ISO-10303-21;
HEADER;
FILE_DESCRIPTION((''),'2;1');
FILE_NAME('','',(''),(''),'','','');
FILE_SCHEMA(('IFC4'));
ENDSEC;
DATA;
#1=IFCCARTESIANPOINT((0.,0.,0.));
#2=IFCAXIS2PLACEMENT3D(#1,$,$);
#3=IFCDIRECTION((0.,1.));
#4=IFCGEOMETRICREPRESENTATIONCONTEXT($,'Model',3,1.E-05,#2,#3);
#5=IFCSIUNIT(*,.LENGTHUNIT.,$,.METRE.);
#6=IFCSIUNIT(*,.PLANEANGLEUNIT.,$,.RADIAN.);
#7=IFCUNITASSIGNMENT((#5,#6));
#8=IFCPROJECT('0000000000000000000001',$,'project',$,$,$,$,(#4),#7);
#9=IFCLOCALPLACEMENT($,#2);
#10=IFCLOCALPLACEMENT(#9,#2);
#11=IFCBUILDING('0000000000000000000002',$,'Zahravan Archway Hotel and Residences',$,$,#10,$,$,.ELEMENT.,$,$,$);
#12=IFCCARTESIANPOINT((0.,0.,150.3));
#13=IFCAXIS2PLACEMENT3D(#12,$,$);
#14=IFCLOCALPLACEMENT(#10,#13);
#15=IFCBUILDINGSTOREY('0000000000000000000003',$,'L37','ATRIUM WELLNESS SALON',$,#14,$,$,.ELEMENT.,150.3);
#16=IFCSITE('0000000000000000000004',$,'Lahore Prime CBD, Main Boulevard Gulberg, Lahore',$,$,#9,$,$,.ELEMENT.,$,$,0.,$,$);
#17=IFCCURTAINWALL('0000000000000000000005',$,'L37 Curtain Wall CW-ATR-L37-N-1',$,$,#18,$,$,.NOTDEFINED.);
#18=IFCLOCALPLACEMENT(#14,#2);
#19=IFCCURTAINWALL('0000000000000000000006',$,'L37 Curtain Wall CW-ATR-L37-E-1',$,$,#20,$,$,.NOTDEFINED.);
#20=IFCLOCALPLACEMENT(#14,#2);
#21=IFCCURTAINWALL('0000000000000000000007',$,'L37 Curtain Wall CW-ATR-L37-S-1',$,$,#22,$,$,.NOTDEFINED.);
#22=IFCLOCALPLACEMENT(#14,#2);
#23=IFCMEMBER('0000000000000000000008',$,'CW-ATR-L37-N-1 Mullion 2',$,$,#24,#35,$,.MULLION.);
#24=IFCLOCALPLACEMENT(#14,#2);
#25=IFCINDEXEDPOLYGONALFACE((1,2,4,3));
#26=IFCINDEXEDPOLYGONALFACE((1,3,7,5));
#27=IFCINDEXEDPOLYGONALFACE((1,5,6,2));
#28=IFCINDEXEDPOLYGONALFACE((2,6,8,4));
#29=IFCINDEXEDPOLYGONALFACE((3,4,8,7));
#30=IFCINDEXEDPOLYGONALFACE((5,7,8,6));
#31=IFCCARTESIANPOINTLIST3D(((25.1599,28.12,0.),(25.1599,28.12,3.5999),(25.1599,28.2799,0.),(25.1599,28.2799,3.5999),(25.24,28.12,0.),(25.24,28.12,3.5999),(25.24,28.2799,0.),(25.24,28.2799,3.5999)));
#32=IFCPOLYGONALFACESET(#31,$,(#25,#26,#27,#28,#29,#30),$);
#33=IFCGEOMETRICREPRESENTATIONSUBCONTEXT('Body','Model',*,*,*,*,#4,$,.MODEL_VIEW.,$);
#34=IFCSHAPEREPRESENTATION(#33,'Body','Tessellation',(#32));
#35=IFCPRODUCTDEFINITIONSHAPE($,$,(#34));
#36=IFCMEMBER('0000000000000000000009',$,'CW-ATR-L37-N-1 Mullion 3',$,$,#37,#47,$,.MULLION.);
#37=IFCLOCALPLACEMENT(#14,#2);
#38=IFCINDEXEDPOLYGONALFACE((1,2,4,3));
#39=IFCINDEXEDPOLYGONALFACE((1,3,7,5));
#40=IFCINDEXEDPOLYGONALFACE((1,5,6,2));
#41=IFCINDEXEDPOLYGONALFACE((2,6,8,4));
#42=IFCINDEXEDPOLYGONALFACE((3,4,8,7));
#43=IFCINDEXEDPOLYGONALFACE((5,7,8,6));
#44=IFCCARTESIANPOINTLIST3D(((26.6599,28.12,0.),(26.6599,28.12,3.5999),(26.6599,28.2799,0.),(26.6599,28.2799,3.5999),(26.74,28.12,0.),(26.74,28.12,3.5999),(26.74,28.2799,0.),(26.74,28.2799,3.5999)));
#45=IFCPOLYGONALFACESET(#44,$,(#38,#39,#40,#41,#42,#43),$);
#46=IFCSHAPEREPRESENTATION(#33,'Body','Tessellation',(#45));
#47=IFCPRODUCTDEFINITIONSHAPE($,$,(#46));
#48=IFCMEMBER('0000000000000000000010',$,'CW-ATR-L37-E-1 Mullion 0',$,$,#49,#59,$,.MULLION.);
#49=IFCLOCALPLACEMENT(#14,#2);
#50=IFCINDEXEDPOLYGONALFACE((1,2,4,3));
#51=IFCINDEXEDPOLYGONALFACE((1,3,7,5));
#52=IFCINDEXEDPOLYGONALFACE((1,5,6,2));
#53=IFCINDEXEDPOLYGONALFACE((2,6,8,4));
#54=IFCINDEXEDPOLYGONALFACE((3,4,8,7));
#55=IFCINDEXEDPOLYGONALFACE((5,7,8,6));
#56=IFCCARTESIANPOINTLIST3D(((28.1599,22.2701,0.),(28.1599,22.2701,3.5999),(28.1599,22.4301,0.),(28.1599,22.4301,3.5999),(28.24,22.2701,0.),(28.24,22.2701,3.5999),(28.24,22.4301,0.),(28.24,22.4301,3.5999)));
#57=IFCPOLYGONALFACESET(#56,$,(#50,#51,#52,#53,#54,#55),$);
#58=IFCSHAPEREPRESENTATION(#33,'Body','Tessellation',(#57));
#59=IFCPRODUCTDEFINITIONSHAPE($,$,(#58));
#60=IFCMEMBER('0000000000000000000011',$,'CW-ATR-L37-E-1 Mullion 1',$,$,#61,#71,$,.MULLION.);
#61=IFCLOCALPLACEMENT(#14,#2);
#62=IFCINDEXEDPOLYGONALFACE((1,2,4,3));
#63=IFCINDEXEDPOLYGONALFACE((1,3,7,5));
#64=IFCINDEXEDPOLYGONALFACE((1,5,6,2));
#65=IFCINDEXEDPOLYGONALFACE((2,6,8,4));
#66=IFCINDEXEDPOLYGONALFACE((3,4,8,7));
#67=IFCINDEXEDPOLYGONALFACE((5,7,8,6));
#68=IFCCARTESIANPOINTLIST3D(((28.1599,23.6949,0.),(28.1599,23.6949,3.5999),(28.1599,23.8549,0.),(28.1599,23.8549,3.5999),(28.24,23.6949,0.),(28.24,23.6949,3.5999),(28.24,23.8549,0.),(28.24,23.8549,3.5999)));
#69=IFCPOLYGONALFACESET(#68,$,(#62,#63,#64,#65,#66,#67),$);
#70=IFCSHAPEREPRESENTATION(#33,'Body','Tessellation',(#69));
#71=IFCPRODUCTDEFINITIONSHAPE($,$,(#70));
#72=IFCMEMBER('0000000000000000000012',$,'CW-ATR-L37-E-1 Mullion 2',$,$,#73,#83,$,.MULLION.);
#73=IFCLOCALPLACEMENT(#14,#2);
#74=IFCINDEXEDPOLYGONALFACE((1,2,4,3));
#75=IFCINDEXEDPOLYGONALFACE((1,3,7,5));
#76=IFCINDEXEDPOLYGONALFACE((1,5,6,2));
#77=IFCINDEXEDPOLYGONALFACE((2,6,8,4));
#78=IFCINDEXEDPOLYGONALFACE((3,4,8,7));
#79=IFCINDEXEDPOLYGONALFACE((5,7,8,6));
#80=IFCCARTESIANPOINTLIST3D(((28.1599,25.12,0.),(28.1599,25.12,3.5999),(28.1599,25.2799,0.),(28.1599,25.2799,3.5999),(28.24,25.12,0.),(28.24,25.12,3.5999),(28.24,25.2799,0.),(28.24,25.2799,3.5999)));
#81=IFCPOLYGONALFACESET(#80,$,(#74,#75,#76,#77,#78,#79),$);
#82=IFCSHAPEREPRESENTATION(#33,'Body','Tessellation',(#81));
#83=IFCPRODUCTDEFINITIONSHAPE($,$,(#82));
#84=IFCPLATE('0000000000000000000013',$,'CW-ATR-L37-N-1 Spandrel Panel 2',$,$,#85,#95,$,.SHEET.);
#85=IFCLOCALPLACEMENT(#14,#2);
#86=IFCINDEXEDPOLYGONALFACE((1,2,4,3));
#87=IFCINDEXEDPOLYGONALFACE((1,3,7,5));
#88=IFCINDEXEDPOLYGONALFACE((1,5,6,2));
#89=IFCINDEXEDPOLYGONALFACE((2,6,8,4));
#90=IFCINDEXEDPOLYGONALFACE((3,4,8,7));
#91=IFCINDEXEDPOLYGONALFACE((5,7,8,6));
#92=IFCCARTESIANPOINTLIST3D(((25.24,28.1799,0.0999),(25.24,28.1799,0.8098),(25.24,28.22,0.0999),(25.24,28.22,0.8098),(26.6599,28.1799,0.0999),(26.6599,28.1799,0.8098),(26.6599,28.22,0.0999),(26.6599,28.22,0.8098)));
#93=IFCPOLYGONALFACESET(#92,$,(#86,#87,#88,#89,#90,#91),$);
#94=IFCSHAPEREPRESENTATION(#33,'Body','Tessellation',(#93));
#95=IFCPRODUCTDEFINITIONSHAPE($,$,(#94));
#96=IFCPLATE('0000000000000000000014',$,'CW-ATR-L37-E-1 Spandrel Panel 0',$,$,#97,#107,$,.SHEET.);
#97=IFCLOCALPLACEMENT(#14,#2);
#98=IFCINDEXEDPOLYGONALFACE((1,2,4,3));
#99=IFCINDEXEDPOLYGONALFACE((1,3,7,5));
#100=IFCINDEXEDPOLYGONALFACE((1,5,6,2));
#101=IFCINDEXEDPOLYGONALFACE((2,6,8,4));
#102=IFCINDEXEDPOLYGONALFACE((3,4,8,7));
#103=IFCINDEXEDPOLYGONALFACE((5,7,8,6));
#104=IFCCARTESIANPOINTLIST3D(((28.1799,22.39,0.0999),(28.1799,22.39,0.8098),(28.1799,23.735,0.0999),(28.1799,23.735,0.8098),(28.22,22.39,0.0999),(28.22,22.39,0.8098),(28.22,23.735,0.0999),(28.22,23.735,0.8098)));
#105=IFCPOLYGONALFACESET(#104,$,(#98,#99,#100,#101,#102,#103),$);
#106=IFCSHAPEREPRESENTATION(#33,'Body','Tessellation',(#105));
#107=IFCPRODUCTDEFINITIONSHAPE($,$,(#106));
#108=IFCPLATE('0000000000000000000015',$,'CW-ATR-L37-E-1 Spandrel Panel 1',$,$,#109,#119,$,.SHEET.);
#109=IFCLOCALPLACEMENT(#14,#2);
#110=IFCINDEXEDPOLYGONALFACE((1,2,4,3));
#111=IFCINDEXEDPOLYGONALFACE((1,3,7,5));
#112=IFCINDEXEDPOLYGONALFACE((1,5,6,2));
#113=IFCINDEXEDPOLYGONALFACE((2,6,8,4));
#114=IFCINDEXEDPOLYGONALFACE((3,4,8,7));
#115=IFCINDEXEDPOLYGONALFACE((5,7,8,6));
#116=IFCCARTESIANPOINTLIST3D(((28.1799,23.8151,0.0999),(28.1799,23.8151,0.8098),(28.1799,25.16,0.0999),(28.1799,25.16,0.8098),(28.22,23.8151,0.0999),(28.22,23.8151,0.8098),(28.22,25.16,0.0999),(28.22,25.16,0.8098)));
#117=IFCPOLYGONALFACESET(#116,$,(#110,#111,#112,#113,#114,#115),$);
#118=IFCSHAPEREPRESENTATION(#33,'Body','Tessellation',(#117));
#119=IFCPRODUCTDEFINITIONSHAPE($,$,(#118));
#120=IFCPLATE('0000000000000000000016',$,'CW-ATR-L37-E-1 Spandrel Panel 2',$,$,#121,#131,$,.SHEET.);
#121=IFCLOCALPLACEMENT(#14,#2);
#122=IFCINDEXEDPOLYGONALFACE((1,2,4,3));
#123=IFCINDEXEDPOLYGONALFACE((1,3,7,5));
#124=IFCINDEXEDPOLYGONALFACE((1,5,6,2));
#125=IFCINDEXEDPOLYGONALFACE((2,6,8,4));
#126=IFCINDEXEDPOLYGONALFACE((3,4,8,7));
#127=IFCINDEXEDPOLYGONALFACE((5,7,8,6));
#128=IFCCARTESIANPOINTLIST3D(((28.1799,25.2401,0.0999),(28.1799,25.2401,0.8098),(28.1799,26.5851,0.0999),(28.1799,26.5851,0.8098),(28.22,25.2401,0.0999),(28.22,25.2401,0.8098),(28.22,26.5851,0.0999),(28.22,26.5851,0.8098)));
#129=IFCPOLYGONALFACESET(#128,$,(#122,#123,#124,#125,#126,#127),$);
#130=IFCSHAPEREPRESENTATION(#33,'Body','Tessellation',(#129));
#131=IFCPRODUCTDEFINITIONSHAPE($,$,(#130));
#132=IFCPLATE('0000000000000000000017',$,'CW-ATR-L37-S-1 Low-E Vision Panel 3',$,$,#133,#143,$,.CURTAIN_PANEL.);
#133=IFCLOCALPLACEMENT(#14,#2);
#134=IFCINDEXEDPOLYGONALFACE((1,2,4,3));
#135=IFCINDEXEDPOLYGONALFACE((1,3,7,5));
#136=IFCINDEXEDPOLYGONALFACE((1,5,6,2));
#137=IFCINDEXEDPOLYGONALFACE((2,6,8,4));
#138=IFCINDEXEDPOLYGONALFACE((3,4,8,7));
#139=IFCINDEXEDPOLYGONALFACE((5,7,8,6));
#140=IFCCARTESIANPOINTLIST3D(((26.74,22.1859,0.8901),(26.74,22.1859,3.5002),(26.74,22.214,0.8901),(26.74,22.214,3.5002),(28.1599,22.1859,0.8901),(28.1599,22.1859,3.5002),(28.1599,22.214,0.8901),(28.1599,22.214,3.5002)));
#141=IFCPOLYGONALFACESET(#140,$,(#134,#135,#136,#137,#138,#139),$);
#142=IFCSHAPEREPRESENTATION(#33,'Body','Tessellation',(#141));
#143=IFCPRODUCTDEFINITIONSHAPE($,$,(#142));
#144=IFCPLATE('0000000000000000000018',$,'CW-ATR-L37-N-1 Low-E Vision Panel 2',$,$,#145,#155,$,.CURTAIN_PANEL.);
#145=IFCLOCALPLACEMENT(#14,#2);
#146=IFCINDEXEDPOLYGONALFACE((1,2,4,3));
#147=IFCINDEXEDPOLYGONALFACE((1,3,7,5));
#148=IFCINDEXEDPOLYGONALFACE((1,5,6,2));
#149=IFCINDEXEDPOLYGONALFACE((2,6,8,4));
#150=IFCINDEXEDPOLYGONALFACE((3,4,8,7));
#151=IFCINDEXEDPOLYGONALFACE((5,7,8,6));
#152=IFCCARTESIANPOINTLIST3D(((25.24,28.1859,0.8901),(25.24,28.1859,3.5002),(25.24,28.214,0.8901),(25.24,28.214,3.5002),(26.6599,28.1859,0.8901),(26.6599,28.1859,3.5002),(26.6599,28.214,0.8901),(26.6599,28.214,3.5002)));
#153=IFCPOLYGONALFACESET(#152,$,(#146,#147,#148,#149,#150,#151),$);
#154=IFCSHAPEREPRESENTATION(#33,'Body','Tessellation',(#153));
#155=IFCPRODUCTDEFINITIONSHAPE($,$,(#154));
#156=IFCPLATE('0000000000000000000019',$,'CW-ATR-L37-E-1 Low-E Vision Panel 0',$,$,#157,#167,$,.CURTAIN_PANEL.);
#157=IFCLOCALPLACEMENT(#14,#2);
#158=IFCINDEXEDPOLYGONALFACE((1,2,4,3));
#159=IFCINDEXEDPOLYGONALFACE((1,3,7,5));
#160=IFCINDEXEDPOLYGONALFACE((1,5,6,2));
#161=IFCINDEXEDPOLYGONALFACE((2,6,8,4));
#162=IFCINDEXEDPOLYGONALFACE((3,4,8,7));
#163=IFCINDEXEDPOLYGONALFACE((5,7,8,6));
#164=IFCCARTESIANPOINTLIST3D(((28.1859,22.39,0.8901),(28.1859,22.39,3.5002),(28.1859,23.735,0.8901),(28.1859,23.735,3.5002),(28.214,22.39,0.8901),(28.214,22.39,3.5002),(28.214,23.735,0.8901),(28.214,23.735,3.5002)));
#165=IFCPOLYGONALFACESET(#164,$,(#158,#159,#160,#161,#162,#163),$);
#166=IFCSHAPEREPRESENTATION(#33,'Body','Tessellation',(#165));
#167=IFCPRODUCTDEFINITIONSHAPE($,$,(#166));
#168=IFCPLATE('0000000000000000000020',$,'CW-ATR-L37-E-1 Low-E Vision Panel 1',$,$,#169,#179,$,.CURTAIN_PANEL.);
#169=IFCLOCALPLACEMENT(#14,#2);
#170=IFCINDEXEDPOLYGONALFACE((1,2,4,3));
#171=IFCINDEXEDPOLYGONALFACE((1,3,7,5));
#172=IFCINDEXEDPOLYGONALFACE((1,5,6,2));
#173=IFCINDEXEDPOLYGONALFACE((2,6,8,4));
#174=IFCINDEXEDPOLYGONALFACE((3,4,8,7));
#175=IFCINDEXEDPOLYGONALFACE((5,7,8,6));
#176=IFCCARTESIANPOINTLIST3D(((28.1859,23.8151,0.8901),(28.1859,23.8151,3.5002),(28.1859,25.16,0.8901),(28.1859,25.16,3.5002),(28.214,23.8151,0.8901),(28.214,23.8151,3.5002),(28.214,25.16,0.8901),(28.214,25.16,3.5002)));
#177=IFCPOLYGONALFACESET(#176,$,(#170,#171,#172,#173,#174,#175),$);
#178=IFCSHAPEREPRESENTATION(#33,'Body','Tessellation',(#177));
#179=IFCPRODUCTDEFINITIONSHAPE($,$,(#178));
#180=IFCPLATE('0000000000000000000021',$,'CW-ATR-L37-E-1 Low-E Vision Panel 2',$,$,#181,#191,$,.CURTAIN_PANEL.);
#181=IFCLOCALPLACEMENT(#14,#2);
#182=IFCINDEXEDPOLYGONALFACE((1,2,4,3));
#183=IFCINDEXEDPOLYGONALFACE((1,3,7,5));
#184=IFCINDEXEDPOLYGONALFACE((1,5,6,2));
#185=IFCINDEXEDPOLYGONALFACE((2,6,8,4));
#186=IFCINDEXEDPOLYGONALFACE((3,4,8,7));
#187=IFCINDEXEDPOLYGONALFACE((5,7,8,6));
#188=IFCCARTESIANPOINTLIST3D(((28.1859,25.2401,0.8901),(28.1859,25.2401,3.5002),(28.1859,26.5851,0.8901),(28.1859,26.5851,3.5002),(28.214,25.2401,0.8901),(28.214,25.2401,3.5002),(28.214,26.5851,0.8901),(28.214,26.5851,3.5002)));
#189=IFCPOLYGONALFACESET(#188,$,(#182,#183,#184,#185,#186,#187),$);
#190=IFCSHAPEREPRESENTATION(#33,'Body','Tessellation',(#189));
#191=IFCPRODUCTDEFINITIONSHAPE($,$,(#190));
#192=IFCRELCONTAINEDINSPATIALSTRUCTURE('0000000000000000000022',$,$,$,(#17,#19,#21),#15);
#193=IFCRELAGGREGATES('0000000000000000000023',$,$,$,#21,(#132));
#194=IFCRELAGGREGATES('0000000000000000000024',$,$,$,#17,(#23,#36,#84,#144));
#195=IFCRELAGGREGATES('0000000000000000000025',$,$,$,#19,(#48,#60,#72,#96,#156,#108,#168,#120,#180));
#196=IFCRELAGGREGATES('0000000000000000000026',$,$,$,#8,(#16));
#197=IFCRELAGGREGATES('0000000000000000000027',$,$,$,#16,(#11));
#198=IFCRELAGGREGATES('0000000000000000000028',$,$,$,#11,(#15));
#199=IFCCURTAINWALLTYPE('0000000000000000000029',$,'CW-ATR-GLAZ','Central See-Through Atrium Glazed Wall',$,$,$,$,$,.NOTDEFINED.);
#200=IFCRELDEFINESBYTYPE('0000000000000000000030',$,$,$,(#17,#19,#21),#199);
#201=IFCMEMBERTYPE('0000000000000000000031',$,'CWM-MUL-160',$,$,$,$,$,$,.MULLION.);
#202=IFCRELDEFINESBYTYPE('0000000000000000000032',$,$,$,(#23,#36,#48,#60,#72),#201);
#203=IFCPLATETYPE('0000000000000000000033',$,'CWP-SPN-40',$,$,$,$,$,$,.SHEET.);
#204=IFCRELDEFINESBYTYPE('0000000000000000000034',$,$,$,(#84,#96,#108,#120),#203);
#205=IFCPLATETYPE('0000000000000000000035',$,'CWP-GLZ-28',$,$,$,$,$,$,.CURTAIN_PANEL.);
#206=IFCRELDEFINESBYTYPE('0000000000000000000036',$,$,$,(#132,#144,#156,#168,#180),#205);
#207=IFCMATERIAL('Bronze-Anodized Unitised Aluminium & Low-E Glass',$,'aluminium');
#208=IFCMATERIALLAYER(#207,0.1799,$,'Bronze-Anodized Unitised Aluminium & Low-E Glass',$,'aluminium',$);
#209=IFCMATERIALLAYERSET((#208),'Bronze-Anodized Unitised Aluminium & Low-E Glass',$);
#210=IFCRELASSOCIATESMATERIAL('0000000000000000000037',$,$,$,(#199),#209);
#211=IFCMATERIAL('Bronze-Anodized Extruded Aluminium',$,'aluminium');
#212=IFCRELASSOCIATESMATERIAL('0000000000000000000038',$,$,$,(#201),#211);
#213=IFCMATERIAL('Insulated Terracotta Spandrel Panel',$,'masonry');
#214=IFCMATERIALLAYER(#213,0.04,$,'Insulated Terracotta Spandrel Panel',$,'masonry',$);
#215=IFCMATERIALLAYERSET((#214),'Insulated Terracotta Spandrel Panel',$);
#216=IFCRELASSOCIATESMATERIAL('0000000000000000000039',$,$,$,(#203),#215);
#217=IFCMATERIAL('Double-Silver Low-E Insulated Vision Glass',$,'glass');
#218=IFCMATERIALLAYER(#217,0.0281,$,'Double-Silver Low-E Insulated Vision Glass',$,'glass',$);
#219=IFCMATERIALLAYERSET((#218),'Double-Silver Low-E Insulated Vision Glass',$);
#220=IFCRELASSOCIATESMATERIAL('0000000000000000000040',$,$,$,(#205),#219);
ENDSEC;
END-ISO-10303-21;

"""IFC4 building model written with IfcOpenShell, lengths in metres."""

from ifc_helpers import new_model, si_unit, direction, frame, origin, origin_2d, place, context, subcontext, project, spatial, rectangle, extrude, source, transform, mapped, material, layer, layer_set, material_profile, profile_set, type_object, element, aggregate, save


model = new_model("IFC4")

# Units and contexts
model_context = context("Model", 3, precision=1e-05, world=origin(), true_north=direction((0.0, 1.0)))
body_context = subcontext(model_context, "Body", "Model", "MODEL_VIEW")
ifc_project = project(units=[si_unit("LENGTHUNIT", "METRE"), si_unit("PLANEANGLEUNIT", "RADIAN")], contexts=[model_context])

# Site, building, storey
site_placement = place(None, origin())
site = spatial("IfcSite", under=ifc_project, at=site_placement, Name="Lahore Prime CBD, Main Boulevard Gulberg, Lahore", CompositionType="ELEMENT", RefElevation=0.0)
building_placement = place(site_placement, origin())
building = spatial("IfcBuilding", under=site, at=building_placement, Name="Zahravan Archway Hotel and Residences", CompositionType="ELEMENT")
storey_placement = place(building_placement, frame((0.0, 0.0, 150.3)))
storey = spatial("IfcBuildingStorey", under=building, at=storey_placement, Name="L37", Description="ATRIUM WELLNESS SALON", CompositionType="ELEMENT", Elevation=150.3)

# Curtain walls
ifc_material_1 = material(Name="Bronze-Anodized Unitised Aluminium & Low-E Glass", Category="aluminium")
ifc_layer_1 = layer(ifc_material_1, 0.1799, Name="Bronze-Anodized Unitised Aluminium & Low-E Glass", Category="aluminium")
ifc_layer_set_1 = layer_set([ifc_layer_1], Name="Bronze-Anodized Unitised Aluminium & Low-E Glass")
curtain_wall_type = type_object("IfcCurtainWallType", Name="CW-ATR-GLAZ", Description="Central See-Through Atrium Glazed Wall", PredefinedType="NOTDEFINED", material=ifc_layer_set_1)
curtain_wall_1_placement = place(storey_placement, origin())
curtain_wall_1 = element("IfcCurtainWall", 1, at=curtain_wall_1_placement, inside=storey, type_object=curtain_wall_type, Name="L37 Curtain Wall CW-ATR-L37-N-1", PredefinedType="NOTDEFINED")
ifc_material_2 = material(Name="Bronze-Anodized Extruded Aluminium", Category="aluminium")
curtain_wall_2_placement = place(storey_placement, origin())
curtain_wall_2 = element("IfcCurtainWall", 2, at=curtain_wall_2_placement, inside=storey, type_object=curtain_wall_type, Name="L37 Curtain Wall CW-ATR-L37-E-1", PredefinedType="NOTDEFINED")

# Curtain wall
curtain_wall_3_placement = place(storey_placement, origin())
curtain_wall_3 = element("IfcCurtainWall", 3, at=curtain_wall_3_placement, inside=storey, type_object=curtain_wall_type, Name="L37 Curtain Wall CW-ATR-L37-S-1", PredefinedType="NOTDEFINED")
ifc_material_profile_1 = material_profile(ifc_material_2, rectangle(XDim=0.0801, YDim=0.1599, at=origin_2d()), Name="MUL 80x160", Category="aluminium")
ifc_profile_set_1 = profile_set([ifc_material_profile_1], Name="Bronze-Anodized Extruded Aluminium")
member_type_1 = type_object("IfcMemberType", Name="CWM-MUL-160", PredefinedType="MULLION", material=ifc_profile_set_1)
shared_shape_1 = source(origin(), body_context, "Body", "SweptSolid", [
    extrude(rectangle(XDim=0.0801, YDim=0.1599, at=origin_2d()), origin(), (0.0, 0.0, 1.0), 3.5999),
])

# Members
member_1_placement = place(storey_placement, frame((25.2, 28.2, 0.0), z_axis=(0.0, 0.0, 1.0), x_axis=(1.0, 0.0, 0.0)))
member_1 = element("IfcMember", 4, at=member_1_placement, type_object=member_type_1, Name="CW-ATR-L37-N-1 Mullion 2", PredefinedType="MULLION", context=body_context, shape_type="MappedRepresentation", body=[
    mapped(shared_shape_1, transform((0.0, 0.0, 0.0), scale=1.0)),
])
member_2_placement = place(storey_placement, frame((26.7, 28.2, 0.0), z_axis=(0.0, 0.0, 1.0), x_axis=(1.0, 0.0, 0.0)))
member_2 = element("IfcMember", 5, at=member_2_placement, type_object=member_type_1, Name="CW-ATR-L37-N-1 Mullion 3", PredefinedType="MULLION", context=body_context, shape_type="MappedRepresentation", body=[
    mapped(shared_shape_1, transform((0.0, 0.0, 0.0), scale=1.0)),
])
member_3_placement = place(storey_placement, frame((28.2, 22.3501, 0.0), z_axis=(0.0, 0.0, 1.0), x_axis=(1.0, 0.0, 0.0)))
member_3 = element("IfcMember", 6, at=member_3_placement, type_object=member_type_1, Name="CW-ATR-L37-E-1 Mullion 0", PredefinedType="MULLION", context=body_context, shape_type="MappedRepresentation", body=[
    mapped(shared_shape_1, transform((0.0, 0.0, 0.0), scale=1.0)),
])
member_4_placement = place(storey_placement, frame((28.2, 23.7749, 0.0), z_axis=(0.0, 0.0, 1.0), x_axis=(1.0, 0.0, 0.0)))
member_4 = element("IfcMember", 7, at=member_4_placement, type_object=member_type_1, Name="CW-ATR-L37-E-1 Mullion 1", PredefinedType="MULLION", context=body_context, shape_type="MappedRepresentation", body=[
    mapped(shared_shape_1, transform((0.0, 0.0, 0.0), scale=1.0)),
])
member_5_placement = place(storey_placement, frame((28.2, 25.2, 0.0), z_axis=(0.0, 0.0, 1.0), x_axis=(1.0, 0.0, 0.0)))
member_5 = element("IfcMember", 8, at=member_5_placement, type_object=member_type_1, Name="CW-ATR-L37-E-1 Mullion 2", PredefinedType="MULLION", context=body_context, shape_type="MappedRepresentation", body=[
    mapped(shared_shape_1, transform((0.0, 0.0, 0.0), scale=1.0)),
])

# Plates
ifc_material_3 = material(Name="Insulated Terracotta Spandrel Panel", Category="masonry")
ifc_layer_2 = layer(ifc_material_3, 0.04, Name="Insulated Terracotta Spandrel Panel", Category="masonry")
ifc_layer_set_2 = layer_set([ifc_layer_2], Name="Insulated Terracotta Spandrel Panel")
plate_type_1 = type_object("IfcPlateType", Name="CWP-SPN-40", PredefinedType="SHEET", material=ifc_layer_set_2)
shared_shape_2 = source(origin(), body_context, "Body", "SweptSolid", [
    extrude(rectangle(XDim=1.4199, YDim=0.04, at=origin_2d()), origin(), (0.0, 0.0, 1.0), 0.71),
])
plate_1_placement = place(storey_placement, frame((25.95, 28.2, 0.0999), z_axis=(0.0, 0.0, 1.0), x_axis=(1.0, 0.0, 0.0)))
plate_1 = element("IfcPlate", 9, at=plate_1_placement, type_object=plate_type_1, Name="CW-ATR-L37-N-1 Spandrel Panel 2", PredefinedType="SHEET", context=body_context, shape_type="MappedRepresentation", body=[
    mapped(shared_shape_2, transform((0.0, 0.0, 0.0), scale=1.0)),
])
shared_shape_3 = source(origin(), body_context, "Body", "SweptSolid", [
    extrude(rectangle(XDim=1.345, YDim=0.04, at=origin_2d()), origin(), (0.0, 0.0, 1.0), 0.71),
])
plate_2_placement = place(storey_placement, frame((28.2, 23.0625, 0.0999), z_axis=(0.0, 0.0, 1.0), x_axis=(0.0, 1.0, 0.0)))
plate_2 = element("IfcPlate", 10, at=plate_2_placement, type_object=plate_type_1, Name="CW-ATR-L37-E-1 Spandrel Panel 0", PredefinedType="SHEET", context=body_context, shape_type="MappedRepresentation", body=[
    mapped(shared_shape_3, transform((0.0, 0.0, 0.0), scale=1.0)),
])
plate_3_placement = place(storey_placement, frame((28.2, 24.4875, 0.0999), z_axis=(0.0, 0.0, 1.0), x_axis=(0.0, 1.0, 0.0)))
plate_3 = element("IfcPlate", 11, at=plate_3_placement, type_object=plate_type_1, Name="CW-ATR-L37-E-1 Spandrel Panel 1", PredefinedType="SHEET", context=body_context, shape_type="MappedRepresentation", body=[
    mapped(shared_shape_3, transform((0.0, 0.0, 0.0), scale=1.0)),
])
plate_4_placement = place(storey_placement, frame((28.2, 25.9126, 0.0999), z_axis=(0.0, 0.0, 1.0), x_axis=(0.0, 1.0, 0.0)))
plate_4 = element("IfcPlate", 12, at=plate_4_placement, type_object=plate_type_1, Name="CW-ATR-L37-E-1 Spandrel Panel 2", PredefinedType="SHEET", context=body_context, shape_type="MappedRepresentation", body=[
    mapped(shared_shape_3, transform((0.0, 0.0, 0.0), scale=1.0)),
])
ifc_material_4 = material(Name="Double-Silver Low-E Insulated Vision Glass", Category="glass")
ifc_layer_3 = layer(ifc_material_4, 0.0281, Name="Double-Silver Low-E Insulated Vision Glass", Category="glass")
ifc_layer_set_3 = layer_set([ifc_layer_3], Name="Double-Silver Low-E Insulated Vision Glass")
plate_type_2 = type_object("IfcPlateType", Name="CWP-GLZ-28", PredefinedType="CURTAIN_PANEL", material=ifc_layer_set_3)
shared_shape_4 = source(origin(), body_context, "Body", "SweptSolid", [
    extrude(rectangle(XDim=1.4199, YDim=0.0281, at=origin_2d()), origin(), (0.0, 0.0, 1.0), 2.6101),
])
plate_5_placement = place(storey_placement, frame((27.45, 22.2, 0.8901), z_axis=(0.0, 0.0, 1.0), x_axis=(1.0, 0.0, 0.0)))
plate_5 = element("IfcPlate", 13, at=plate_5_placement, type_object=plate_type_2, Name="CW-ATR-L37-S-1 Low-E Vision Panel 3", PredefinedType="CURTAIN_PANEL", context=body_context, shape_type="MappedRepresentation", body=[
    mapped(shared_shape_4, transform((0.0, 0.0, 0.0), scale=1.0)),
])
aggregate(curtain_wall_3, [plate_5])
plate_6_placement = place(storey_placement, frame((25.95, 28.2, 0.8901), z_axis=(0.0, 0.0, 1.0), x_axis=(1.0, 0.0, 0.0)))
plate_6 = element("IfcPlate", 14, at=plate_6_placement, type_object=plate_type_2, Name="CW-ATR-L37-N-1 Low-E Vision Panel 2", PredefinedType="CURTAIN_PANEL", context=body_context, shape_type="MappedRepresentation", body=[
    mapped(shared_shape_4, transform((0.0, 0.0, 0.0), scale=1.0)),
])
aggregate(curtain_wall_1, [member_1, member_2, plate_1, plate_6])
shared_shape_5 = source(origin(), body_context, "Body", "SweptSolid", [
    extrude(rectangle(XDim=1.345, YDim=0.0281, at=origin_2d()), origin(), (0.0, 0.0, 1.0), 2.6101),
])
plate_7_placement = place(storey_placement, frame((28.2, 23.0625, 0.8901), z_axis=(0.0, 0.0, 1.0), x_axis=(0.0, 1.0, 0.0)))
plate_7 = element("IfcPlate", 15, at=plate_7_placement, type_object=plate_type_2, Name="CW-ATR-L37-E-1 Low-E Vision Panel 0", PredefinedType="CURTAIN_PANEL", context=body_context, shape_type="MappedRepresentation", body=[
    mapped(shared_shape_5, transform((0.0, 0.0, 0.0), scale=1.0)),
])
plate_8_placement = place(storey_placement, frame((28.2, 24.4875, 0.8901), z_axis=(0.0, 0.0, 1.0), x_axis=(0.0, 1.0, 0.0)))
plate_8 = element("IfcPlate", 16, at=plate_8_placement, type_object=plate_type_2, Name="CW-ATR-L37-E-1 Low-E Vision Panel 1", PredefinedType="CURTAIN_PANEL", context=body_context, shape_type="MappedRepresentation", body=[
    mapped(shared_shape_5, transform((0.0, 0.0, 0.0), scale=1.0)),
])
plate_9_placement = place(storey_placement, frame((28.2, 25.9126, 0.8901), z_axis=(0.0, 0.0, 1.0), x_axis=(0.0, 1.0, 0.0)))
plate_9 = element("IfcPlate", 17, at=plate_9_placement, type_object=plate_type_2, Name="CW-ATR-L37-E-1 Low-E Vision Panel 2", PredefinedType="CURTAIN_PANEL", context=body_context, shape_type="MappedRepresentation", body=[
    mapped(shared_shape_5, transform((0.0, 0.0, 0.0), scale=1.0)),
])
aggregate(curtain_wall_2, [member_3, member_4, member_5, plate_2, plate_7, plate_3, plate_8, plate_4, plate_9])

save(model, "model.ifc")
